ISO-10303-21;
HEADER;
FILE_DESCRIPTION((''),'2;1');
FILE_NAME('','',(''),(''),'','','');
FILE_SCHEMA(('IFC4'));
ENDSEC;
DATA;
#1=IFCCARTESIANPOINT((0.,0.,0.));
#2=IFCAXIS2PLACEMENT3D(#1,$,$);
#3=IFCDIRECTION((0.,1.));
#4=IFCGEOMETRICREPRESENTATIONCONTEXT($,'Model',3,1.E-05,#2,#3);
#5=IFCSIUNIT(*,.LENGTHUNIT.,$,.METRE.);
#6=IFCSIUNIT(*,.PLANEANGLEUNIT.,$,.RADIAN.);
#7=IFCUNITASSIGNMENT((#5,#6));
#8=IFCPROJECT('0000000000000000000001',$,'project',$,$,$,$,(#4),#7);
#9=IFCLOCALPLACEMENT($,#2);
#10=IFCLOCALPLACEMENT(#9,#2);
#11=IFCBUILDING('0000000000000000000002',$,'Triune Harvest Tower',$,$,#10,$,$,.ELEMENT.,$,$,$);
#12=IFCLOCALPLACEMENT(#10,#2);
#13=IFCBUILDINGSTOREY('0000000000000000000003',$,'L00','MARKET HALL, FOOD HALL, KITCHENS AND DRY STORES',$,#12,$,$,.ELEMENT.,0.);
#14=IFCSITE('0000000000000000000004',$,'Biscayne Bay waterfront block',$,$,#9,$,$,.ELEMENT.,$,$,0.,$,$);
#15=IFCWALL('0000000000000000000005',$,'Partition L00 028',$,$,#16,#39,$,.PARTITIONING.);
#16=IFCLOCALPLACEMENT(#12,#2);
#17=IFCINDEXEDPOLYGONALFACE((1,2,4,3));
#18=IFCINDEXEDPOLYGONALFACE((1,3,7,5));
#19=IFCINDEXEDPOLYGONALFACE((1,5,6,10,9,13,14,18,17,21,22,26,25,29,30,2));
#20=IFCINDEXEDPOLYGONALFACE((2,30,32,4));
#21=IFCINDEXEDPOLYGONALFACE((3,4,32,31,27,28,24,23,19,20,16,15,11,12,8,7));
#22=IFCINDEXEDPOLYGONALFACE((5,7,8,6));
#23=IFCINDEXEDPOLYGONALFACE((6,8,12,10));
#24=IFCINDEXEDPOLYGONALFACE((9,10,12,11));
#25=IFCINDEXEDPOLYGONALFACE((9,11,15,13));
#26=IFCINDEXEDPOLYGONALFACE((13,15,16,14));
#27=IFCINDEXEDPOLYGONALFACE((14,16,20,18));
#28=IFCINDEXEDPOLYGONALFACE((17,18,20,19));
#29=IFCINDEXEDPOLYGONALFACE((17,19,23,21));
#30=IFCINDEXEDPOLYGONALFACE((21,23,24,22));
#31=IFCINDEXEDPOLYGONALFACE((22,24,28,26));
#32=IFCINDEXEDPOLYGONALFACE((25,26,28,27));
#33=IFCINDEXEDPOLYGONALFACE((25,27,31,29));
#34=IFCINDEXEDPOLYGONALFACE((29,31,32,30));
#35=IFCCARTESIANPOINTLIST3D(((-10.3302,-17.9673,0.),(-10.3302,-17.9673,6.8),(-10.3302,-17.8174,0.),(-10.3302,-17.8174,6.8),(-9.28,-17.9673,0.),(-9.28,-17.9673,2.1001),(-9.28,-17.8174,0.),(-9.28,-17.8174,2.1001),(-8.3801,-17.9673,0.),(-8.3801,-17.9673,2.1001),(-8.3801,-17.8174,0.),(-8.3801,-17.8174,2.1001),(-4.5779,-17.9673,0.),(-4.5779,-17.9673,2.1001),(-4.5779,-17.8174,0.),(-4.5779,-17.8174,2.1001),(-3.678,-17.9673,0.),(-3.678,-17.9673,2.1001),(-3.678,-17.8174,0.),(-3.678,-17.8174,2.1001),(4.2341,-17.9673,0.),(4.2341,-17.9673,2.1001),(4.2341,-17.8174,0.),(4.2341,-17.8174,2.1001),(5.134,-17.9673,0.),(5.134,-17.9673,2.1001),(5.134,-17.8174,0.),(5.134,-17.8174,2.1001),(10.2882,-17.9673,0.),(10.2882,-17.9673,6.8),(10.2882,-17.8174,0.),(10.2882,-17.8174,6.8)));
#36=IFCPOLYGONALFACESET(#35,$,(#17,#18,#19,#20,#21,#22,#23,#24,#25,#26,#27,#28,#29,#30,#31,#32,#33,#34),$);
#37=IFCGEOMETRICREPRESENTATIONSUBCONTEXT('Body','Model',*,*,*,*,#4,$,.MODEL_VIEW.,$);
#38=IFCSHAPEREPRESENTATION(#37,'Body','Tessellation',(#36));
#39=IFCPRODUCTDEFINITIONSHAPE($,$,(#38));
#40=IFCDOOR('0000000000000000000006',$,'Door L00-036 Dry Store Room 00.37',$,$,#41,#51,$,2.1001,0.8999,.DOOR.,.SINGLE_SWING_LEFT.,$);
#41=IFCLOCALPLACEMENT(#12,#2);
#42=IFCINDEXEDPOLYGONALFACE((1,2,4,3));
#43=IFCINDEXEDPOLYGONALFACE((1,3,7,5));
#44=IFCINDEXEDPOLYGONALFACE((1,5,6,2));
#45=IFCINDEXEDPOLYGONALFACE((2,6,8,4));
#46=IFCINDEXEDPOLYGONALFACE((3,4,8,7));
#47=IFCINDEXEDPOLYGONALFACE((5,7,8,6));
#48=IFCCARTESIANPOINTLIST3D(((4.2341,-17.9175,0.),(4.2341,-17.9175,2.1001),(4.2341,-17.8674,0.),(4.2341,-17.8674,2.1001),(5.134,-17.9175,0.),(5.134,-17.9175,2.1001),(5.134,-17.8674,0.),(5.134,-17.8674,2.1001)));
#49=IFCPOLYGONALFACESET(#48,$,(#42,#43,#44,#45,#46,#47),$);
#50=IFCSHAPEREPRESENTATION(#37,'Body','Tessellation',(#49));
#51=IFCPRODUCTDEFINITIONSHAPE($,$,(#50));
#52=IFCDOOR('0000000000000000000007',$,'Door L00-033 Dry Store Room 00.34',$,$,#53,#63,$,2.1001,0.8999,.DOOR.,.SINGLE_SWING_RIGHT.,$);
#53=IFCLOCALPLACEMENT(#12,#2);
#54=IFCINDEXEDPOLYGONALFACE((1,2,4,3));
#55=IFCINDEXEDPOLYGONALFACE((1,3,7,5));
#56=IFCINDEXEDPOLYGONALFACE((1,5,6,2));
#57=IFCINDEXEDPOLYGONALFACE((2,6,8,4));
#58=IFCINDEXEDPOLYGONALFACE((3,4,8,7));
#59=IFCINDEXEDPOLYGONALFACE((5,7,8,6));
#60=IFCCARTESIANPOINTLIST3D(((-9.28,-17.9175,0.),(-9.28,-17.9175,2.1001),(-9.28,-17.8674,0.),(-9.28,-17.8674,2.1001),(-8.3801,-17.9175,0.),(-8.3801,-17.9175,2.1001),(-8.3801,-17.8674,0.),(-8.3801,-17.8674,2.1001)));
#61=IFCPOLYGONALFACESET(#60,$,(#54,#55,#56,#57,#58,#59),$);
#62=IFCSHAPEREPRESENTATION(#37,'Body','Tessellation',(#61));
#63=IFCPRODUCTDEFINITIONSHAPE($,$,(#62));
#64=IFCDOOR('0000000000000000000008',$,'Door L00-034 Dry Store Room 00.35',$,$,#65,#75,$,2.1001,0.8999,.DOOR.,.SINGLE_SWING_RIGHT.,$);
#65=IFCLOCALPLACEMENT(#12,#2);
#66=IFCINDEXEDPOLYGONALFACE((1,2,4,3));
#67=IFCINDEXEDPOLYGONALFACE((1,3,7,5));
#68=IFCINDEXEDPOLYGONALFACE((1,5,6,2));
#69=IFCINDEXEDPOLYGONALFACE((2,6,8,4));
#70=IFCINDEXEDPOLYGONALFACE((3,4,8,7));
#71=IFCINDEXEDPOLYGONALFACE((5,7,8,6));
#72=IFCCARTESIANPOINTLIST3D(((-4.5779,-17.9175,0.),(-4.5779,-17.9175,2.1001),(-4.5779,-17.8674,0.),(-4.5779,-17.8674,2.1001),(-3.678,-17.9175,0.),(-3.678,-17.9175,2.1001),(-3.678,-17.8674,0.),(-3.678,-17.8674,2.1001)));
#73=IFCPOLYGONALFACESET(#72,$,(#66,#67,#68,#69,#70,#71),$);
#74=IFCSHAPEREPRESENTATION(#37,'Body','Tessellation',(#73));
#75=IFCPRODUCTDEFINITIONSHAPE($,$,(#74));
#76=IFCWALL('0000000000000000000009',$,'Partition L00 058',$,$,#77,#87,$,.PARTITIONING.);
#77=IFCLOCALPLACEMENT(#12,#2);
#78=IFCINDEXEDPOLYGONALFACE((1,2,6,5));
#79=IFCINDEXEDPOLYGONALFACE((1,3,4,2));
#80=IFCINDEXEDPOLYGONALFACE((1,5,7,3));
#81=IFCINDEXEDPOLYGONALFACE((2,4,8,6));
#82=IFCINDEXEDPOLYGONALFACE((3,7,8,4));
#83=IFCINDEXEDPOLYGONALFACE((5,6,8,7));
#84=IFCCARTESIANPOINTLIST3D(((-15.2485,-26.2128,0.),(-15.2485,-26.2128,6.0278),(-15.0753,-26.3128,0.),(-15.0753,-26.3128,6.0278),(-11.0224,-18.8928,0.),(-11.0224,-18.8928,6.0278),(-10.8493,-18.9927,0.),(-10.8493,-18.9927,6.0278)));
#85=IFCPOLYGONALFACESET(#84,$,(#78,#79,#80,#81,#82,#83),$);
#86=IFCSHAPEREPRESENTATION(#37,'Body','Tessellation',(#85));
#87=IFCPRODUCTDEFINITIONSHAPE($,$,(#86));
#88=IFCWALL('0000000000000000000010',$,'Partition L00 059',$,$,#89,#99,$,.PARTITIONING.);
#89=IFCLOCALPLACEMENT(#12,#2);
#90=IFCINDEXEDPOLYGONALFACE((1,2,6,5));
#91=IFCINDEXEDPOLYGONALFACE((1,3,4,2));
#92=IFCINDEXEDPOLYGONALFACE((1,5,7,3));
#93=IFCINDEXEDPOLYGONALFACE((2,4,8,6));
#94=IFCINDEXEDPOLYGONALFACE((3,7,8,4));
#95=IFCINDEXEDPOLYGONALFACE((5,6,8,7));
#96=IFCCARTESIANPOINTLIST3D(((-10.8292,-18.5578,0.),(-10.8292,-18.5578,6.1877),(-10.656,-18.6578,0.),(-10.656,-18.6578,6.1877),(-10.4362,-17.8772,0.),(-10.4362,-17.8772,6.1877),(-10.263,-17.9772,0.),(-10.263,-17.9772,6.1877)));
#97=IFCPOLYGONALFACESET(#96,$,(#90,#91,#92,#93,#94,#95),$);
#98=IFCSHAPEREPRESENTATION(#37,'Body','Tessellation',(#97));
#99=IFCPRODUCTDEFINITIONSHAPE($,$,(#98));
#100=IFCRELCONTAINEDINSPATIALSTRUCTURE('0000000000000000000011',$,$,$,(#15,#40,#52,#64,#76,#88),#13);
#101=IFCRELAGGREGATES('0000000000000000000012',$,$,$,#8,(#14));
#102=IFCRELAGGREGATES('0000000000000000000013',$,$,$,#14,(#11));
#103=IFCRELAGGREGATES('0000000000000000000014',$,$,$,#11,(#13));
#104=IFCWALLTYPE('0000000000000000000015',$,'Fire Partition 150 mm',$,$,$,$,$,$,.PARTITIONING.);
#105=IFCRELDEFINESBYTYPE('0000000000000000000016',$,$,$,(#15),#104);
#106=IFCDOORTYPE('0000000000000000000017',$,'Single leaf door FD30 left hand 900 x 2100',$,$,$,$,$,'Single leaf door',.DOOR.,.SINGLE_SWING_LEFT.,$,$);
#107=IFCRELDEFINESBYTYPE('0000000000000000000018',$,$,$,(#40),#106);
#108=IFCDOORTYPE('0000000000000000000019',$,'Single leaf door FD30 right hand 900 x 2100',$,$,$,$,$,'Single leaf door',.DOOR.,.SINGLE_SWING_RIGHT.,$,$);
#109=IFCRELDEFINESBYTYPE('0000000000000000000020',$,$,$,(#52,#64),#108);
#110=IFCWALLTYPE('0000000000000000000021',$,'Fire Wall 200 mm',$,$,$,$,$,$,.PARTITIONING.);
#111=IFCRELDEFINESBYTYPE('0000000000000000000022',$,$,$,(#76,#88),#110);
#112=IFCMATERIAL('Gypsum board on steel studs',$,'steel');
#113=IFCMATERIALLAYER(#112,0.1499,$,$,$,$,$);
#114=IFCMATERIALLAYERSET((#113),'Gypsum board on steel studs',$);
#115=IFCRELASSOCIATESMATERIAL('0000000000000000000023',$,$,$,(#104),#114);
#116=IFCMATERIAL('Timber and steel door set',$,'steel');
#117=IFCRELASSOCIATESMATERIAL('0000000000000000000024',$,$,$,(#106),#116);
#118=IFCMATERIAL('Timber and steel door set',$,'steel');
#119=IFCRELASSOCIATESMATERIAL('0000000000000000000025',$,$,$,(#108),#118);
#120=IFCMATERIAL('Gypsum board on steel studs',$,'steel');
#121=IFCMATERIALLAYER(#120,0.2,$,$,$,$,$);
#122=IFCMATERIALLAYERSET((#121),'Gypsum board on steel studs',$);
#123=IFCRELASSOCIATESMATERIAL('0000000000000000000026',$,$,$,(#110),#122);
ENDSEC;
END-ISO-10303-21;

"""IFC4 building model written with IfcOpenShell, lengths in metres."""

from ifc_helpers import new_model, si_unit, direction, frame, frame_2d, origin, place, context, subcontext, project, spatial, rectangle, extrude, material, layer, layer_set, type_object, element, fill, save


model = new_model("IFC4")

# Units and contexts
model_context = context("Model", 3, precision=1e-05, world=origin(), true_north=direction((0.0, 1.0)))
body_context = subcontext(model_context, "Body", "Model", "MODEL_VIEW")
ifc_project = project(units=[si_unit("LENGTHUNIT", "METRE"), si_unit("PLANEANGLEUNIT", "RADIAN")], contexts=[model_context])

# Site, building, storey
site_placement = place(None, origin())
site = spatial("IfcSite", under=ifc_project, at=site_placement, Name="Biscayne Bay waterfront block", CompositionType="ELEMENT", RefElevation=0.0)
building_placement = place(site_placement, origin())
building = spatial("IfcBuilding", under=site, at=building_placement, Name="Triune Harvest Tower", CompositionType="ELEMENT")
storey_placement = place(building_placement, origin())
storey = spatial("IfcBuildingStorey", under=building, at=storey_placement, Name="L00", Description="MARKET HALL, FOOD HALL, KITCHENS AND DRY STORES", CompositionType="ELEMENT", Elevation=0.0)

# Wall, openings, doors
ifc_material_1 = material(Name="Gypsum board on steel studs", Category="steel")
ifc_layer_1 = layer(ifc_material_1, 0.1499)
ifc_layer_set_1 = layer_set([ifc_layer_1], Name="Gypsum board on steel studs")
wall_type_1 = type_object("IfcWallType", Name="Fire Partition 150 mm", PredefinedType="PARTITIONING", material=ifc_layer_set_1)
wall_1_placement = place(storey_placement, frame((-10.3301, -17.8923, 0.0), z_axis=(0.0, 0.0, 1.0), x_axis=(1.0, 0.0, 0.0)))
wall_1 = element("IfcWall", 1, at=wall_1_placement, inside=storey, type_object=wall_type_1, Name="Partition L00 028", PredefinedType="PARTITIONING", context=body_context, shape_type="SweptSolid", body=[
    extrude(rectangle(XDim=20.6184, YDim=0.1499, at=frame_2d((10.3091, 0.0))), origin(), (0.0, 0.0, 1.0), 6.8),
])
opening_1_placement = place(wall_1_placement, frame((1.05, 0.0, 0.0)))
opening_1 = element("IfcOpeningElement", 2, at=opening_1_placement, cuts=wall_1, PredefinedType="OPENING", context=body_context, shape_type="SweptSolid", body=[
    extrude(rectangle(XDim=0.8999, YDim=2.1001, at=frame_2d((0.45, 1.05))), frame((0.0, 0.085, 0.0), z_axis=(0.0, -1.0, 0.0), x_axis=(1.0, 0.0, 0.0)), (0.0, 0.0, 1.0), 0.1699),
])
opening_2_placement = place(wall_1_placement, frame((5.7522, 0.0, 0.0)))
opening_2 = element("IfcOpeningElement", 3, at=opening_2_placement, cuts=wall_1, PredefinedType="OPENING", context=body_context, shape_type="SweptSolid", body=[
    extrude(rectangle(XDim=0.8999, YDim=2.1001, at=frame_2d((0.45, 1.05))), frame((0.0, 0.085, 0.0), z_axis=(0.0, -1.0, 0.0), x_axis=(1.0, 0.0, 0.0)), (0.0, 0.0, 1.0), 0.1699),
])
opening_3_placement = place(wall_1_placement, frame((14.5642, 0.0, 0.0)))
opening_3 = element("IfcOpeningElement", 4, at=opening_3_placement, cuts=wall_1, PredefinedType="OPENING", context=body_context, shape_type="SweptSolid", body=[
    extrude(rectangle(XDim=0.8999, YDim=2.1001, at=frame_2d((0.45, 1.05))), frame((0.0, 0.085, 0.0), z_axis=(0.0, -1.0, 0.0), x_axis=(1.0, 0.0, 0.0)), (0.0, 0.0, 1.0), 0.1699),
])
ifc_material_2 = material(Name="Timber and steel door set", Category="steel")
door_type_1 = type_object("IfcDoorType", Name="Single leaf door FD30 left hand 900 x 2100", ElementType="Single leaf door", OperationType="SINGLE_SWING_LEFT", PredefinedType="DOOR", material=ifc_material_2)
door_1_placement = place(opening_3_placement, origin())
door_1 = element("IfcDoor", 5, at=door_1_placement, inside=storey, type_object=door_type_1, Name="Door L00-036 Dry Store Room 00.37", OperationType="SINGLE_SWING_LEFT", OverallHeight=2.1001, OverallWidth=0.8999, PredefinedType="DOOR", context=body_context, shape_type="SweptSolid", body=[
    extrude(rectangle(XDim=0.8999, YDim=2.1001, at=frame_2d((0.45, 1.05))), frame((0.0, 0.0249, 0.0), z_axis=(0.0, -1.0, 0.0), x_axis=(1.0, 0.0, 0.0)), (0.0, 0.0, 1.0), 0.05),
])
fill(opening_3, door_1)
ifc_material_3 = material(Name="Timber and steel door set", Category="steel")
door_type_2 = type_object("IfcDoorType", Name="Single leaf door FD30 right hand 900 x 2100", ElementType="Single leaf door", OperationType="SINGLE_SWING_RIGHT", PredefinedType="DOOR", material=ifc_material_3)
door_2_placement = place(opening_1_placement, origin())
door_2 = element("IfcDoor", 6, at=door_2_placement, inside=storey, type_object=door_type_2, Name="Door L00-033 Dry Store Room 00.34", OperationType="SINGLE_SWING_RIGHT", OverallHeight=2.1001, OverallWidth=0.8999, PredefinedType="DOOR", context=body_context, shape_type="SweptSolid", body=[
    extrude(rectangle(XDim=0.8999, YDim=2.1001, at=frame_2d((0.45, 1.05))), frame((0.0, 0.0249, 0.0), z_axis=(0.0, -1.0, 0.0), x_axis=(1.0, 0.0, 0.0)), (0.0, 0.0, 1.0), 0.05),
])
fill(opening_1, door_2)
door_3_placement = place(opening_2_placement, origin())
door_3 = element("IfcDoor", 7, at=door_3_placement, inside=storey, type_object=door_type_2, Name="Door L00-034 Dry Store Room 00.35", OperationType="SINGLE_SWING_RIGHT", OverallHeight=2.1001, OverallWidth=0.8999, PredefinedType="DOOR", context=body_context, shape_type="SweptSolid", body=[
    extrude(rectangle(XDim=0.8999, YDim=2.1001, at=frame_2d((0.45, 1.05))), frame((0.0, 0.0249, 0.0), z_axis=(0.0, -1.0, 0.0), x_axis=(1.0, 0.0, 0.0)), (0.0, 0.0, 1.0), 0.05),
])
fill(opening_2, door_3)

# Walls
ifc_material_4 = material(Name="Gypsum board on steel studs", Category="steel")
ifc_layer_2 = layer(ifc_material_4, 0.2)
ifc_layer_set_2 = layer_set([ifc_layer_2], Name="Gypsum board on steel studs")
wall_type_2 = type_object("IfcWallType", Name="Fire Wall 200 mm", PredefinedType="PARTITIONING", material=ifc_layer_set_2)
wall_2_placement = place(storey_placement, frame((-15.1619, -26.2627, 0.0), z_axis=(0.0, 0.0, 1.0), x_axis=(0.499985, 0.866034, 0.0)))
element("IfcWall", 8, at=wall_2_placement, inside=storey, type_object=wall_type_2, Name="Partition L00 058", PredefinedType="PARTITIONING", context=body_context, shape_type="SweptSolid", body=[
    extrude(rectangle(XDim=8.4524, YDim=0.2, at=frame_2d((4.2261, 0.0))), origin(), (0.0, 0.0, 1.0), 6.0278),
])
wall_3_placement = place(storey_placement, frame((-10.7427, -18.6079, 0.0), z_axis=(0.0, 0.0, 1.0), x_axis=(0.500081, 0.865979, 0.0)))
element("IfcWall", 9, at=wall_3_placement, inside=storey, type_object=wall_type_2, Name="Partition L00 059", PredefinedType="PARTITIONING", context=body_context, shape_type="SweptSolid", body=[
    extrude(rectangle(XDim=0.7859, YDim=0.2, at=frame_2d((0.3931, 0.0))), origin(), (0.0, 0.0, 1.0), 6.1877),
])

save(model, "model.ifc")
